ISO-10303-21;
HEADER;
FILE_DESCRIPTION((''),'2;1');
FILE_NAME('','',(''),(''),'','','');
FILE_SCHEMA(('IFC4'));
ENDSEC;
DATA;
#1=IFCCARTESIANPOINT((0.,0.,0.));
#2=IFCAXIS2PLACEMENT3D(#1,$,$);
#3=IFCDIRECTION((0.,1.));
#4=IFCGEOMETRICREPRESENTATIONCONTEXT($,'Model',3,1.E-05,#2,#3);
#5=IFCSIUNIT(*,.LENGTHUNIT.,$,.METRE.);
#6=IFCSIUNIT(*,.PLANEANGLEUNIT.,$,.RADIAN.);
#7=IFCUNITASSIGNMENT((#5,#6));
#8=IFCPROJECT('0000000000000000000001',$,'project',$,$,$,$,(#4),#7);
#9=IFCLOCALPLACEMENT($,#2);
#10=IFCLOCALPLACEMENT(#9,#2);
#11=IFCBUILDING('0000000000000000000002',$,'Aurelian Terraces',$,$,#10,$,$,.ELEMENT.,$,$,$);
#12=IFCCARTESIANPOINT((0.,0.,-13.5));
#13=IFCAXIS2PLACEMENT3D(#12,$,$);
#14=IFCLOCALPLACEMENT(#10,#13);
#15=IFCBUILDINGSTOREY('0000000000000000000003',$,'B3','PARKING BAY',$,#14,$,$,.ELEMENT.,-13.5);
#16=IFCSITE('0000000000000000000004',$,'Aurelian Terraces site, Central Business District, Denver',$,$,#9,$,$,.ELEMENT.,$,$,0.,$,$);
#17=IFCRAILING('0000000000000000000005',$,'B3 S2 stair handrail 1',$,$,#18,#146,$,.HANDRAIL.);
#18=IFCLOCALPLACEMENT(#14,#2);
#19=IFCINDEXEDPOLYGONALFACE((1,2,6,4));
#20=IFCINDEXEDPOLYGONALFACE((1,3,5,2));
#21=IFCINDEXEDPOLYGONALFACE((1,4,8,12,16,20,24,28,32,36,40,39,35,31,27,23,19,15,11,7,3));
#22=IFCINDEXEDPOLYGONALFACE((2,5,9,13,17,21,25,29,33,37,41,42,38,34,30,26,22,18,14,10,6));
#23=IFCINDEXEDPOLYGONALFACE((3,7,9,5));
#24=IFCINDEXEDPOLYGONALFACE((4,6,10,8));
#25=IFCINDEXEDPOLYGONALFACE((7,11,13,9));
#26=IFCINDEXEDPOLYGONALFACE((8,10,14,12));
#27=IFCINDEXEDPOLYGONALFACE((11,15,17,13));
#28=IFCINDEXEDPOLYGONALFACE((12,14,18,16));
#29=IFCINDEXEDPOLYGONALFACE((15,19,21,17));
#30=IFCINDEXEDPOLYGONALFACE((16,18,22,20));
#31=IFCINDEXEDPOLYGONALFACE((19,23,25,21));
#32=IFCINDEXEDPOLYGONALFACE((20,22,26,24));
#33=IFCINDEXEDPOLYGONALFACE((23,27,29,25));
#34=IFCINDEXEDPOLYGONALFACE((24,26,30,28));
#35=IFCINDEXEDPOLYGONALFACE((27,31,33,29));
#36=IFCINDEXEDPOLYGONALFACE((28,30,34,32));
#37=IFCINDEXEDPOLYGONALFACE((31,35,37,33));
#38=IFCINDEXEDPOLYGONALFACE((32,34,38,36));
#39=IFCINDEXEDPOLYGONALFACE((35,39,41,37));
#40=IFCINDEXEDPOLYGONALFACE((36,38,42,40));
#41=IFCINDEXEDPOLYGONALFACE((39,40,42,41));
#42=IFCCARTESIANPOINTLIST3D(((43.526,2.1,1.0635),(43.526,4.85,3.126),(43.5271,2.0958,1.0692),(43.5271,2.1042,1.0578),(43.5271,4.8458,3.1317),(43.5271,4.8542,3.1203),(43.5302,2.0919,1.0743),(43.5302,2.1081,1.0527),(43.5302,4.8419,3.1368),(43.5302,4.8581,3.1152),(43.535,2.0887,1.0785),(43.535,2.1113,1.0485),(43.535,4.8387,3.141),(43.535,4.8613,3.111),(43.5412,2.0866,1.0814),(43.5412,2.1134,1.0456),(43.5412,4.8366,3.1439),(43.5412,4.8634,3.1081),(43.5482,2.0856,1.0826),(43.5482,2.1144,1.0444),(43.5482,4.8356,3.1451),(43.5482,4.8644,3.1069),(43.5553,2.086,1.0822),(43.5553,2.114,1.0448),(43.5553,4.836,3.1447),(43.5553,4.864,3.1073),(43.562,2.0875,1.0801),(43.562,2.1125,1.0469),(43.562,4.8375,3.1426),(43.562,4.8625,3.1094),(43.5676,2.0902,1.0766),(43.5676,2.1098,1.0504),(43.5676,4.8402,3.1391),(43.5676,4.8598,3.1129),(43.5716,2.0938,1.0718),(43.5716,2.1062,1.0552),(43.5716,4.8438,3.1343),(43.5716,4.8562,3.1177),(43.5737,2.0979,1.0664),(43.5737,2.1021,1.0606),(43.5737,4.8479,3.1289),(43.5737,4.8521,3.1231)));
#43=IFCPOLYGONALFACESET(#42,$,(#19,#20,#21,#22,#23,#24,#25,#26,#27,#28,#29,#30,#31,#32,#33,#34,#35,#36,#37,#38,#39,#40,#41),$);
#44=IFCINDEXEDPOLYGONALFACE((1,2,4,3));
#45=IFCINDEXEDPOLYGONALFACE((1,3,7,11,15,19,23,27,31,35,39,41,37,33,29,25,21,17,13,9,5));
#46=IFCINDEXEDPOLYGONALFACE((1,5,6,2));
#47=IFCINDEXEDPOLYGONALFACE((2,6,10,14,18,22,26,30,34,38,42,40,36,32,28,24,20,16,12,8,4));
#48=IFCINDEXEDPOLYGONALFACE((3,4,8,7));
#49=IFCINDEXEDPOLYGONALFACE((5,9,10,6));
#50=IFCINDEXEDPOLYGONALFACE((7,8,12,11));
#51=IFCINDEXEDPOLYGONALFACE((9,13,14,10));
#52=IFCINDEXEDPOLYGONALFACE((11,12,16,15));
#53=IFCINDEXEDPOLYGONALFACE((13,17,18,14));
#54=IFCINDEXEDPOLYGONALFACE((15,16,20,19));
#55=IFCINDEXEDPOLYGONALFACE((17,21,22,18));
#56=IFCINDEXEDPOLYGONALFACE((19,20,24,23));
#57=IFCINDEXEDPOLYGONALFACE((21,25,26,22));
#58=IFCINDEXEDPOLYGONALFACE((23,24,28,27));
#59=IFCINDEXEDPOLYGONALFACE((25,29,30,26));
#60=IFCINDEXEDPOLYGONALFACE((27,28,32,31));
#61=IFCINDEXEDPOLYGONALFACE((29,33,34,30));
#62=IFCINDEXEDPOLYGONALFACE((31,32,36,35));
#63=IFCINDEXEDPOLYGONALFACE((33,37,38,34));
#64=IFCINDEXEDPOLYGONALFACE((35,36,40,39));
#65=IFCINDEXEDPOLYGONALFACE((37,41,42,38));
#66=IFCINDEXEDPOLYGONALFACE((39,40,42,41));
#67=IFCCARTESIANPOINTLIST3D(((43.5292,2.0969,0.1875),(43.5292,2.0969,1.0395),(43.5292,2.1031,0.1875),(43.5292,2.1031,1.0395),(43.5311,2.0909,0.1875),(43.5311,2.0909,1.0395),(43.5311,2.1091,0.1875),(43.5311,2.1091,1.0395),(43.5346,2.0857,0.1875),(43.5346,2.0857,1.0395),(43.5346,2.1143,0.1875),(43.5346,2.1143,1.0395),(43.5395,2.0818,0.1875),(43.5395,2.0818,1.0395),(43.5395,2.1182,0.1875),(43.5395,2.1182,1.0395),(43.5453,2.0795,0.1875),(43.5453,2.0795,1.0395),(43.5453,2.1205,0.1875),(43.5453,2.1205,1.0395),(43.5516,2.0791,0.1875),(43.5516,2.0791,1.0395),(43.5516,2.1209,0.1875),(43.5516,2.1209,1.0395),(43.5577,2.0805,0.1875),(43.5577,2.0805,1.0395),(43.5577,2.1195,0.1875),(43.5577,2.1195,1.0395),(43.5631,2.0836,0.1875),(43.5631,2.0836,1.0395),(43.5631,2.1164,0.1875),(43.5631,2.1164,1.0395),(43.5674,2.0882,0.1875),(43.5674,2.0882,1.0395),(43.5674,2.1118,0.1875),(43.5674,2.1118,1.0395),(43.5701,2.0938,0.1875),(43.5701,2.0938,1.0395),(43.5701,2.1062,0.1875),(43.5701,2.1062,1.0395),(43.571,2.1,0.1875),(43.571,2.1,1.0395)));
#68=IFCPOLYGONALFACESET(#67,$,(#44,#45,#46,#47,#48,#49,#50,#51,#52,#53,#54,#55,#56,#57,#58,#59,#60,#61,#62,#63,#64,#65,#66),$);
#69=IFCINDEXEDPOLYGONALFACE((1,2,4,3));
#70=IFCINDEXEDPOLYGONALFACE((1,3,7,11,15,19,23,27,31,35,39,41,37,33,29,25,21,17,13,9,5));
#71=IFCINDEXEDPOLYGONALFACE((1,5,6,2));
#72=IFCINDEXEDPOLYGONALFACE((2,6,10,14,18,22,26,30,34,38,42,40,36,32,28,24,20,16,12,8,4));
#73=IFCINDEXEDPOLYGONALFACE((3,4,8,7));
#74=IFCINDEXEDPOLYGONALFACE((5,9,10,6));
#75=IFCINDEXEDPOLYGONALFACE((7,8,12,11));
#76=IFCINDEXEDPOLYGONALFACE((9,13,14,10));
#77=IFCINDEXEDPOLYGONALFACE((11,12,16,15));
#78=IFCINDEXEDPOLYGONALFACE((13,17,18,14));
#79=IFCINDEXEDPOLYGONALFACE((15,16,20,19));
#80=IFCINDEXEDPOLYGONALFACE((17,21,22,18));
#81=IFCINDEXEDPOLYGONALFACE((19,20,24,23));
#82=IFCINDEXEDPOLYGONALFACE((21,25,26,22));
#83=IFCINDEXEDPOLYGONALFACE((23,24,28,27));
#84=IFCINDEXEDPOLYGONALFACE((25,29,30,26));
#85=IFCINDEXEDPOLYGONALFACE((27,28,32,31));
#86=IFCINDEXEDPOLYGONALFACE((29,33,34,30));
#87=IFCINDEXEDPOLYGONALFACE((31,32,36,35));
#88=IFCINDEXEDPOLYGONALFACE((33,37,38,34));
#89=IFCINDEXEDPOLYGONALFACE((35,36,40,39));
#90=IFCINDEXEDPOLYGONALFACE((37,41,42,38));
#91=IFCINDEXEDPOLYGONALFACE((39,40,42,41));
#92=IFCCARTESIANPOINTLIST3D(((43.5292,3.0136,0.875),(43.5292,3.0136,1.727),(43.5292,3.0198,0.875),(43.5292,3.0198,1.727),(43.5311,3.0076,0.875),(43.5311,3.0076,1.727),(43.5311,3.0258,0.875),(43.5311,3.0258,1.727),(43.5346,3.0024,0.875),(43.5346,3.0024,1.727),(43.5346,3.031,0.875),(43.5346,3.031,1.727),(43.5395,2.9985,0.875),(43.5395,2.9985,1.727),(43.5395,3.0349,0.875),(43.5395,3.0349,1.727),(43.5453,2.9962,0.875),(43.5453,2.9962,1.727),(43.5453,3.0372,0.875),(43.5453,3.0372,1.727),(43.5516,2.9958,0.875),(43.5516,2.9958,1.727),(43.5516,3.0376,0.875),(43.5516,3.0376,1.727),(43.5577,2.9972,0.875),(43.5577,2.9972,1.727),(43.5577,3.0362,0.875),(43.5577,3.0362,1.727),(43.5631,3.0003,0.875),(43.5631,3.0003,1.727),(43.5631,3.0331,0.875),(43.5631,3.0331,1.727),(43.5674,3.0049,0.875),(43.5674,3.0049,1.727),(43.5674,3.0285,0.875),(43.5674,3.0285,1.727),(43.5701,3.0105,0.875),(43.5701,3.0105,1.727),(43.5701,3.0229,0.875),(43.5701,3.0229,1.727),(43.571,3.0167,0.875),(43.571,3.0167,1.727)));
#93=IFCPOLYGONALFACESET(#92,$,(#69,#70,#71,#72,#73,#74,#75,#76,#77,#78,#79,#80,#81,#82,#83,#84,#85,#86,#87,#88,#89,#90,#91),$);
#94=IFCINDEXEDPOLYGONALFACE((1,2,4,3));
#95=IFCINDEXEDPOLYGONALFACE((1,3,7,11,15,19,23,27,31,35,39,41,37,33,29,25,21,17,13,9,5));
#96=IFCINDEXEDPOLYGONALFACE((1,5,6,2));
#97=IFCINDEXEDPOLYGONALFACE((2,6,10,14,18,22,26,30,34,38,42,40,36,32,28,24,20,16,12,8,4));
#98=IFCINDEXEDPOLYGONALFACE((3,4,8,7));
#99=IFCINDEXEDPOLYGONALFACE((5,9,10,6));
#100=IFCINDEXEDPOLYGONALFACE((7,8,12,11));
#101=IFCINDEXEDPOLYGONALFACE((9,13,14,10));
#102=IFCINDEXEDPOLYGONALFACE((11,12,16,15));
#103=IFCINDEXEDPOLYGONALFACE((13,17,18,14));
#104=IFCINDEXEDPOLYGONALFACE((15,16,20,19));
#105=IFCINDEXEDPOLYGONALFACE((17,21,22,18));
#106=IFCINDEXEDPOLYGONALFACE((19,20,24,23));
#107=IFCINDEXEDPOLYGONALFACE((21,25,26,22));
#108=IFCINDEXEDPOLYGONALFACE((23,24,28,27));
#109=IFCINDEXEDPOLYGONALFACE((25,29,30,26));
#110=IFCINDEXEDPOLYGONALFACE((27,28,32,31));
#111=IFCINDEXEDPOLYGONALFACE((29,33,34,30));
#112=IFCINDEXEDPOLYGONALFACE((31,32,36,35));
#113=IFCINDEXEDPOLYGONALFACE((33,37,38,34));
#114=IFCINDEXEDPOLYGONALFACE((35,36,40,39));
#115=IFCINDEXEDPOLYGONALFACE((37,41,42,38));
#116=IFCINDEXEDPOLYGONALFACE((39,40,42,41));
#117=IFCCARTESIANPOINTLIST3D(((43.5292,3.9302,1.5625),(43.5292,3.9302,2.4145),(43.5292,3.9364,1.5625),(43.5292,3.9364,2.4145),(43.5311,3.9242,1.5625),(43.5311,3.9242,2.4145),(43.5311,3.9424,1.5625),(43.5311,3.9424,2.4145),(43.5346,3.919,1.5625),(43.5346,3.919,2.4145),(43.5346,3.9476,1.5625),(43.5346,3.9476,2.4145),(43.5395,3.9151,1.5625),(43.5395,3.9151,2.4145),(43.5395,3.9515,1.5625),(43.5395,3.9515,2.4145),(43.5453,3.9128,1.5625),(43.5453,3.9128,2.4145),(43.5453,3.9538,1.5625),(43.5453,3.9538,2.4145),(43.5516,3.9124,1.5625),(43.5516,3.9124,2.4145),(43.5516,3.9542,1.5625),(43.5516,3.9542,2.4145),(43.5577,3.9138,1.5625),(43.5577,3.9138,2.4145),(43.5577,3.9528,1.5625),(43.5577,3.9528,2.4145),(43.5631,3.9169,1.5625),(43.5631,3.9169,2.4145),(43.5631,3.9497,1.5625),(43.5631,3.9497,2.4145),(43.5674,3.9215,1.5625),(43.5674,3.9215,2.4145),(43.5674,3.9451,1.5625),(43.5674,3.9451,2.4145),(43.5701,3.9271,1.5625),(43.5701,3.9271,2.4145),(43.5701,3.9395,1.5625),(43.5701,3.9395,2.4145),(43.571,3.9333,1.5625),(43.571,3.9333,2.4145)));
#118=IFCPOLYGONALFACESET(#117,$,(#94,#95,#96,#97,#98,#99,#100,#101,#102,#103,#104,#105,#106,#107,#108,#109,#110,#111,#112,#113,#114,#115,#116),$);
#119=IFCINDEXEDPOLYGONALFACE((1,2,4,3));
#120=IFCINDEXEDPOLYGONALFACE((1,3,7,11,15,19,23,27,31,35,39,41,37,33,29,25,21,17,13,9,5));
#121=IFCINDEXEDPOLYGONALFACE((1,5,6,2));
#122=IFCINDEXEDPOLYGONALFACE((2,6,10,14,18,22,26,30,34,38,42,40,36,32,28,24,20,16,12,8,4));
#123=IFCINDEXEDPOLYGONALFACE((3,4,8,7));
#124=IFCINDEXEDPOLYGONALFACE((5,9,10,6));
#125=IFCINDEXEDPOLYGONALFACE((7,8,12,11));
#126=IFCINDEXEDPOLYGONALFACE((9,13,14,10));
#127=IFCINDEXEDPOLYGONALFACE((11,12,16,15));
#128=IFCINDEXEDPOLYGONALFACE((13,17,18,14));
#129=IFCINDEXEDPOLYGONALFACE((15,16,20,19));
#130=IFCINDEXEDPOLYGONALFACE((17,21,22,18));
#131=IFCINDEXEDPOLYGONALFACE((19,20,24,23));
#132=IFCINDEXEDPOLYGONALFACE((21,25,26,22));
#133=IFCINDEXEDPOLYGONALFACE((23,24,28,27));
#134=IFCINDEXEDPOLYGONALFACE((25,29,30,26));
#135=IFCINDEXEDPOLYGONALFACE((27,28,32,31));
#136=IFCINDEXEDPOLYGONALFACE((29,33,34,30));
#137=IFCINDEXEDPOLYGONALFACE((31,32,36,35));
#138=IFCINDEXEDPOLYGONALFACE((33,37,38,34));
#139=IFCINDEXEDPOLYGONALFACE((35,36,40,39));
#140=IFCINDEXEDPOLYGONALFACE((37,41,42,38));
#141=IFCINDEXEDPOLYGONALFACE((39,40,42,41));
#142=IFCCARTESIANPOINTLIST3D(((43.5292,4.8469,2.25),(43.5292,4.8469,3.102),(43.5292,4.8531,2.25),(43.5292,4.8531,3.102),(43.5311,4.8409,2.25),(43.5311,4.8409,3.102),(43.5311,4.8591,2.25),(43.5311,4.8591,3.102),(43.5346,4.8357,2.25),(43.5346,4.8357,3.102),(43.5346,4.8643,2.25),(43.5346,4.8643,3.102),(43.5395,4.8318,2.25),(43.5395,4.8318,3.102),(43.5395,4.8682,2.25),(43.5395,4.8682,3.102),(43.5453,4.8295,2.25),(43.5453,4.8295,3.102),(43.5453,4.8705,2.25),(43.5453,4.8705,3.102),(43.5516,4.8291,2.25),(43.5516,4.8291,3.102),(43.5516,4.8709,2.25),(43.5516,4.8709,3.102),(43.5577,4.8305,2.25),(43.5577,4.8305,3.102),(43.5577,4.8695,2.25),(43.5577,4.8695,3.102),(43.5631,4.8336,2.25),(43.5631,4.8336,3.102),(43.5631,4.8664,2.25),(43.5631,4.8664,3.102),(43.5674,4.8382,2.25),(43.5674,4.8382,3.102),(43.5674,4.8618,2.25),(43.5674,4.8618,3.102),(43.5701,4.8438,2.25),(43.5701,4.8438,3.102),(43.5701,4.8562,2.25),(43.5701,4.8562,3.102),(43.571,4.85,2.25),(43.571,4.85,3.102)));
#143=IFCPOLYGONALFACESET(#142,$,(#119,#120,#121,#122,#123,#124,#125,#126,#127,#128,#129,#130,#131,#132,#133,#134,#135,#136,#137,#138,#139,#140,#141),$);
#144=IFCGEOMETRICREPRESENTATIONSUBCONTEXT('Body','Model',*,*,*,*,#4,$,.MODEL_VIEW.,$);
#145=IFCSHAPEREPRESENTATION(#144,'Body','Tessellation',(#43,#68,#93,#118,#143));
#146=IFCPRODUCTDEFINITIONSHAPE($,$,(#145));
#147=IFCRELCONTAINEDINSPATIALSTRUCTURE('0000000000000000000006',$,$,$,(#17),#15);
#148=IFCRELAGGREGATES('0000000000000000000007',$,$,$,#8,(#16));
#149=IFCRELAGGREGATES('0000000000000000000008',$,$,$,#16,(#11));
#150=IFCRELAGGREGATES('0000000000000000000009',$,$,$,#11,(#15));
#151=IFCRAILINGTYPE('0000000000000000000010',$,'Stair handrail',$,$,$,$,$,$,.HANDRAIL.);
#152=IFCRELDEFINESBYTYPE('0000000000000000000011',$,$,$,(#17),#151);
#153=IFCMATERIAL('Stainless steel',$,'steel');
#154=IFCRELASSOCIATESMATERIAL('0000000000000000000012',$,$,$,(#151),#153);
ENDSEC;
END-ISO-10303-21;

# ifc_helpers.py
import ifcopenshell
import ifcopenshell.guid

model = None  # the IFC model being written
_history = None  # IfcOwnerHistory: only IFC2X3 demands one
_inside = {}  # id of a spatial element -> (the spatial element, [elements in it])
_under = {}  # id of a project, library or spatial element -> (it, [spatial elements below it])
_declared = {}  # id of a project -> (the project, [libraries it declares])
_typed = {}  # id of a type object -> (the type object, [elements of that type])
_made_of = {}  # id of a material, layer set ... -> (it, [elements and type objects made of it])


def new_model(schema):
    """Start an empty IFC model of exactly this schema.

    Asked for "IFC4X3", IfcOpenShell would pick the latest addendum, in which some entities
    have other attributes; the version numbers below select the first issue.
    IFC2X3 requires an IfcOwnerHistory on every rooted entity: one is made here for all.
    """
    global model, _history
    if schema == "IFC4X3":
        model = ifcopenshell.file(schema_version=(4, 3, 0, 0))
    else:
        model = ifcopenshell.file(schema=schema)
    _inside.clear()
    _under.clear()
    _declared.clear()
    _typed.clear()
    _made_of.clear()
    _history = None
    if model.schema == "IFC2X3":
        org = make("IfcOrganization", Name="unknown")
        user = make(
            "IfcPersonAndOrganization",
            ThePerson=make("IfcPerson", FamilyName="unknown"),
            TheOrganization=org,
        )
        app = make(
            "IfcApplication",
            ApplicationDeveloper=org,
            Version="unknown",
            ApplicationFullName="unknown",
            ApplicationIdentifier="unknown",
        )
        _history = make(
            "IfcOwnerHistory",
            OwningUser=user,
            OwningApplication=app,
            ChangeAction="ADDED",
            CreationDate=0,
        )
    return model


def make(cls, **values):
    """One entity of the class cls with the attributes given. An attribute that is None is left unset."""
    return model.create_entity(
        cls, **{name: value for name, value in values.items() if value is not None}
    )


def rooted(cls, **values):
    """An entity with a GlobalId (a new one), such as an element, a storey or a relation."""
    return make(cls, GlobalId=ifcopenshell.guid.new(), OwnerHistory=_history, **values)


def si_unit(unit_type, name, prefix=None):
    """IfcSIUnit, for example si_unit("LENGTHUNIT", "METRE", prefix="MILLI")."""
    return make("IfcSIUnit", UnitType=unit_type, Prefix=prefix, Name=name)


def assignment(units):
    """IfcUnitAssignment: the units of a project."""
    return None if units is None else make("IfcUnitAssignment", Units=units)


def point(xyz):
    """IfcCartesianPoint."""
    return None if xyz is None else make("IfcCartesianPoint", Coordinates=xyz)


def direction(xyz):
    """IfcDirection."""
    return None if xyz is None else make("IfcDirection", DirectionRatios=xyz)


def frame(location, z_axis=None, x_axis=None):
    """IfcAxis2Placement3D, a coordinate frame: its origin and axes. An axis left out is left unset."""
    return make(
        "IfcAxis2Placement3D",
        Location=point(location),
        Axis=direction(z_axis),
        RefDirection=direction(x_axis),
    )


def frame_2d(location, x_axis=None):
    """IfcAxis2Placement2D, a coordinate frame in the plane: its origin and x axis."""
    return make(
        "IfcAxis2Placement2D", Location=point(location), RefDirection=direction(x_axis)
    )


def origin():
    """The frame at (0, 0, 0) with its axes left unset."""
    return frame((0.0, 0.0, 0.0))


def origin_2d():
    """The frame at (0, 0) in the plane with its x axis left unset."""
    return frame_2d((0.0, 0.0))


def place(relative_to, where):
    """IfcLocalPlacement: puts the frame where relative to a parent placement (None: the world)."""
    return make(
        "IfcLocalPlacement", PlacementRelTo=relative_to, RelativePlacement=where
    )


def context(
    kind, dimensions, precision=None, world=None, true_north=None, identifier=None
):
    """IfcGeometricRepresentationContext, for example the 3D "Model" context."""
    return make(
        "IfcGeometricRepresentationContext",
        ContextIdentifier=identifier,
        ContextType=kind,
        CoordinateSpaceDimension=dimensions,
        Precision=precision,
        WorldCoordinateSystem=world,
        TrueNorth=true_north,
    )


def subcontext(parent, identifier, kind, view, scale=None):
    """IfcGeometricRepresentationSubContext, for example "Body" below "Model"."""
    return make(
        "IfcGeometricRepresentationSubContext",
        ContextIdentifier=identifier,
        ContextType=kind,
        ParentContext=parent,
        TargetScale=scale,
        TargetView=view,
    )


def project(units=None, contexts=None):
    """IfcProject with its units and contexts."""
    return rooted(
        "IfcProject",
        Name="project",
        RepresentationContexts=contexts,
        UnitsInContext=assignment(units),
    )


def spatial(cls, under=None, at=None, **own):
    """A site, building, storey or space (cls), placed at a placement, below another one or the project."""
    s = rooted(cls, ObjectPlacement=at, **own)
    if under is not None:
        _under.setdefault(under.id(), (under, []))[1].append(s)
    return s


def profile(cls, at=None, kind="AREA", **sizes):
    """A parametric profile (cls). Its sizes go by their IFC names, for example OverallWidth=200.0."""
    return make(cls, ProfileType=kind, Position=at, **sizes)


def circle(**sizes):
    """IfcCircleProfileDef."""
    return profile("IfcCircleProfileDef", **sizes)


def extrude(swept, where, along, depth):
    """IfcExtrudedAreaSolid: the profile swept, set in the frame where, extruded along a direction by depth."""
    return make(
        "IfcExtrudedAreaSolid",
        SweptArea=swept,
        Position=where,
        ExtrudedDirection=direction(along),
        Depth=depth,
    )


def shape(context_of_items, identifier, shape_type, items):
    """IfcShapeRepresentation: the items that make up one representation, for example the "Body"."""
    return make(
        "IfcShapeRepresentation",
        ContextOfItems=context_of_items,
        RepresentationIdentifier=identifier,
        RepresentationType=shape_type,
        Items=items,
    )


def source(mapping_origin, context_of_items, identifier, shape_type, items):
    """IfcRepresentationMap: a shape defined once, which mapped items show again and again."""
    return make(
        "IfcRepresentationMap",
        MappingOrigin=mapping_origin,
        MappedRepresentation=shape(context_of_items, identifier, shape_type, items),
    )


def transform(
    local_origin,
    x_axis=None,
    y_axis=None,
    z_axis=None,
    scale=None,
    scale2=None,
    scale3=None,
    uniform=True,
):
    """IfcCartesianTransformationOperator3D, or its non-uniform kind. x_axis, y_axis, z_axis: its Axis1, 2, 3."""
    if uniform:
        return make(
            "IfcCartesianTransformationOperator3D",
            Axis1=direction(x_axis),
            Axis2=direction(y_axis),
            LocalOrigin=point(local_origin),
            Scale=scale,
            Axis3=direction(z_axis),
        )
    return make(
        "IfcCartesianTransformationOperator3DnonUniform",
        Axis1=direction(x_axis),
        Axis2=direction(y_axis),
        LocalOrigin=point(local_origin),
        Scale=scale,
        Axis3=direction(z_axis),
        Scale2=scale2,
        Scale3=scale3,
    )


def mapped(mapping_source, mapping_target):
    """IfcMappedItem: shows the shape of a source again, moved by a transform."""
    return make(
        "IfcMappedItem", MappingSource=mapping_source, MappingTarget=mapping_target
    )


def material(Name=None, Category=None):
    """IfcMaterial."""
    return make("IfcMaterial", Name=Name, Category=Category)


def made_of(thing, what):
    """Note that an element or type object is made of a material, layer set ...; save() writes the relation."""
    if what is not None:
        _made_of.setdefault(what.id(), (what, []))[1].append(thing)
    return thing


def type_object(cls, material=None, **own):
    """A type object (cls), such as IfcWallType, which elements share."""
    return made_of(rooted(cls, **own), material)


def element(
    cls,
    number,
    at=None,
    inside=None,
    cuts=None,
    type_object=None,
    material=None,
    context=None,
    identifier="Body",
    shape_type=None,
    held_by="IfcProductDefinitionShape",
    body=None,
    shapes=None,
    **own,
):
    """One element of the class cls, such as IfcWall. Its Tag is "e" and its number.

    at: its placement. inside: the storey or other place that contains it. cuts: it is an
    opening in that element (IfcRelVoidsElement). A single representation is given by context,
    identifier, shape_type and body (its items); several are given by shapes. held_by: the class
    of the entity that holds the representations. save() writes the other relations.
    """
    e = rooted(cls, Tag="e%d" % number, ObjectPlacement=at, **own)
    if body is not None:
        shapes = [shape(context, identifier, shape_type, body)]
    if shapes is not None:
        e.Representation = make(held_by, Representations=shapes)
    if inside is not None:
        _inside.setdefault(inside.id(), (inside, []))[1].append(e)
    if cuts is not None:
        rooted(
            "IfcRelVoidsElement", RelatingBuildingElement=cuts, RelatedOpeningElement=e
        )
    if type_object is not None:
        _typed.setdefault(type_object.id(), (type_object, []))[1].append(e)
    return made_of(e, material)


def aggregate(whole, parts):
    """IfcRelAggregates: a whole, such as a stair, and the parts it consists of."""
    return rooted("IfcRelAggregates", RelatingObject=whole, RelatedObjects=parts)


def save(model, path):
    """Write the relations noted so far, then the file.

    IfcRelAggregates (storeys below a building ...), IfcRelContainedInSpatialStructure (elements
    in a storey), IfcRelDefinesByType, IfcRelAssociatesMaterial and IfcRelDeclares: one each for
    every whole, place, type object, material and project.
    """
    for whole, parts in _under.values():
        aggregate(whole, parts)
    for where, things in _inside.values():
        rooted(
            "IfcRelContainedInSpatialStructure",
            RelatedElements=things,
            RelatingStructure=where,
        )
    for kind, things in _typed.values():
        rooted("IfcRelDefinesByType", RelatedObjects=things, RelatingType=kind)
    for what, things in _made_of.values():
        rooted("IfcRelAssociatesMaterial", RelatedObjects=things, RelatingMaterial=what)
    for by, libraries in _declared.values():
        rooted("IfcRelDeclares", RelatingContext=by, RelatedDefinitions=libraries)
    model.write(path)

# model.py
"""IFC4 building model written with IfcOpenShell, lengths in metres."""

from ifc_helpers import new_model, si_unit, direction, frame, origin, origin_2d, place, context, subcontext, project, spatial, circle, extrude, source, transform, mapped, material, type_object, element, save


model = new_model("IFC4")

# Units and contexts
model_context = context("Model", 3, precision=1e-05, world=origin(), true_north=direction((0.0, 1.0)))
body_context = subcontext(model_context, "Body", "Model", "MODEL_VIEW")
ifc_project = project(units=[si_unit("LENGTHUNIT", "METRE"), si_unit("PLANEANGLEUNIT", "RADIAN")], contexts=[model_context])

# Site, building, storey
site_placement = place(None, origin())
site = spatial("IfcSite", under=ifc_project, at=site_placement, Name="Aurelian Terraces site, Central Business District, Denver", CompositionType="ELEMENT", RefElevation=0.0)
building_placement = place(site_placement, origin())
building = spatial("IfcBuilding", under=site, at=building_placement, Name="Aurelian Terraces", CompositionType="ELEMENT")
storey_placement = place(building_placement, frame((0.0, 0.0, -13.5)))
storey = spatial("IfcBuildingStorey", under=building, at=storey_placement, Name="B3", Description="PARKING BAY", CompositionType="ELEMENT", Elevation=-13.5)

# Railing
ifc_material_1 = material(Name="Stainless steel", Category="steel")
railing_type_1 = type_object("IfcRailingType", Name="Stair handrail", PredefinedType="HANDRAIL", material=ifc_material_1)
shared_shape_1 = source(origin(), body_context, "Body", "SweptSolid", [
    extrude(circle(Radius=0.024, at=origin_2d()), frame((0.0, 0.0, 0.876), z_axis=(0.0, 0.8, 0.6), x_axis=(-1.0, 0.0, 0.0)), (0.0, 0.0, 1.0), 3.4375),
    extrude(circle(Radius=0.021, at=origin_2d()), origin(), (0.0, 0.0, 1.0), 0.852),
    extrude(circle(Radius=0.021, at=origin_2d()), frame((0.0, 0.9167, 0.6875)), (0.0, 0.0, 1.0), 0.852),
    extrude(circle(Radius=0.021, at=origin_2d()), frame((0.0, 1.8333, 1.375)), (0.0, 0.0, 1.0), 0.852),
    extrude(circle(Radius=0.021, at=origin_2d()), frame((0.0, 2.75, 2.0625)), (0.0, 0.0, 1.0), 0.852),
])
railing_1_placement = place(storey_placement, frame((43.55, 2.1, 0.1875)))
element("IfcRailing", 1, at=railing_1_placement, inside=storey, type_object=railing_type_1, Name="B3 S2 stair handrail 1", PredefinedType="HANDRAIL", context=body_context, shape_type="MappedRepresentation", body=[
    mapped(shared_shape_1, transform((0.0, 0.0, 0.0), scale=1.0)),
])

save(model, "model.ifc")
